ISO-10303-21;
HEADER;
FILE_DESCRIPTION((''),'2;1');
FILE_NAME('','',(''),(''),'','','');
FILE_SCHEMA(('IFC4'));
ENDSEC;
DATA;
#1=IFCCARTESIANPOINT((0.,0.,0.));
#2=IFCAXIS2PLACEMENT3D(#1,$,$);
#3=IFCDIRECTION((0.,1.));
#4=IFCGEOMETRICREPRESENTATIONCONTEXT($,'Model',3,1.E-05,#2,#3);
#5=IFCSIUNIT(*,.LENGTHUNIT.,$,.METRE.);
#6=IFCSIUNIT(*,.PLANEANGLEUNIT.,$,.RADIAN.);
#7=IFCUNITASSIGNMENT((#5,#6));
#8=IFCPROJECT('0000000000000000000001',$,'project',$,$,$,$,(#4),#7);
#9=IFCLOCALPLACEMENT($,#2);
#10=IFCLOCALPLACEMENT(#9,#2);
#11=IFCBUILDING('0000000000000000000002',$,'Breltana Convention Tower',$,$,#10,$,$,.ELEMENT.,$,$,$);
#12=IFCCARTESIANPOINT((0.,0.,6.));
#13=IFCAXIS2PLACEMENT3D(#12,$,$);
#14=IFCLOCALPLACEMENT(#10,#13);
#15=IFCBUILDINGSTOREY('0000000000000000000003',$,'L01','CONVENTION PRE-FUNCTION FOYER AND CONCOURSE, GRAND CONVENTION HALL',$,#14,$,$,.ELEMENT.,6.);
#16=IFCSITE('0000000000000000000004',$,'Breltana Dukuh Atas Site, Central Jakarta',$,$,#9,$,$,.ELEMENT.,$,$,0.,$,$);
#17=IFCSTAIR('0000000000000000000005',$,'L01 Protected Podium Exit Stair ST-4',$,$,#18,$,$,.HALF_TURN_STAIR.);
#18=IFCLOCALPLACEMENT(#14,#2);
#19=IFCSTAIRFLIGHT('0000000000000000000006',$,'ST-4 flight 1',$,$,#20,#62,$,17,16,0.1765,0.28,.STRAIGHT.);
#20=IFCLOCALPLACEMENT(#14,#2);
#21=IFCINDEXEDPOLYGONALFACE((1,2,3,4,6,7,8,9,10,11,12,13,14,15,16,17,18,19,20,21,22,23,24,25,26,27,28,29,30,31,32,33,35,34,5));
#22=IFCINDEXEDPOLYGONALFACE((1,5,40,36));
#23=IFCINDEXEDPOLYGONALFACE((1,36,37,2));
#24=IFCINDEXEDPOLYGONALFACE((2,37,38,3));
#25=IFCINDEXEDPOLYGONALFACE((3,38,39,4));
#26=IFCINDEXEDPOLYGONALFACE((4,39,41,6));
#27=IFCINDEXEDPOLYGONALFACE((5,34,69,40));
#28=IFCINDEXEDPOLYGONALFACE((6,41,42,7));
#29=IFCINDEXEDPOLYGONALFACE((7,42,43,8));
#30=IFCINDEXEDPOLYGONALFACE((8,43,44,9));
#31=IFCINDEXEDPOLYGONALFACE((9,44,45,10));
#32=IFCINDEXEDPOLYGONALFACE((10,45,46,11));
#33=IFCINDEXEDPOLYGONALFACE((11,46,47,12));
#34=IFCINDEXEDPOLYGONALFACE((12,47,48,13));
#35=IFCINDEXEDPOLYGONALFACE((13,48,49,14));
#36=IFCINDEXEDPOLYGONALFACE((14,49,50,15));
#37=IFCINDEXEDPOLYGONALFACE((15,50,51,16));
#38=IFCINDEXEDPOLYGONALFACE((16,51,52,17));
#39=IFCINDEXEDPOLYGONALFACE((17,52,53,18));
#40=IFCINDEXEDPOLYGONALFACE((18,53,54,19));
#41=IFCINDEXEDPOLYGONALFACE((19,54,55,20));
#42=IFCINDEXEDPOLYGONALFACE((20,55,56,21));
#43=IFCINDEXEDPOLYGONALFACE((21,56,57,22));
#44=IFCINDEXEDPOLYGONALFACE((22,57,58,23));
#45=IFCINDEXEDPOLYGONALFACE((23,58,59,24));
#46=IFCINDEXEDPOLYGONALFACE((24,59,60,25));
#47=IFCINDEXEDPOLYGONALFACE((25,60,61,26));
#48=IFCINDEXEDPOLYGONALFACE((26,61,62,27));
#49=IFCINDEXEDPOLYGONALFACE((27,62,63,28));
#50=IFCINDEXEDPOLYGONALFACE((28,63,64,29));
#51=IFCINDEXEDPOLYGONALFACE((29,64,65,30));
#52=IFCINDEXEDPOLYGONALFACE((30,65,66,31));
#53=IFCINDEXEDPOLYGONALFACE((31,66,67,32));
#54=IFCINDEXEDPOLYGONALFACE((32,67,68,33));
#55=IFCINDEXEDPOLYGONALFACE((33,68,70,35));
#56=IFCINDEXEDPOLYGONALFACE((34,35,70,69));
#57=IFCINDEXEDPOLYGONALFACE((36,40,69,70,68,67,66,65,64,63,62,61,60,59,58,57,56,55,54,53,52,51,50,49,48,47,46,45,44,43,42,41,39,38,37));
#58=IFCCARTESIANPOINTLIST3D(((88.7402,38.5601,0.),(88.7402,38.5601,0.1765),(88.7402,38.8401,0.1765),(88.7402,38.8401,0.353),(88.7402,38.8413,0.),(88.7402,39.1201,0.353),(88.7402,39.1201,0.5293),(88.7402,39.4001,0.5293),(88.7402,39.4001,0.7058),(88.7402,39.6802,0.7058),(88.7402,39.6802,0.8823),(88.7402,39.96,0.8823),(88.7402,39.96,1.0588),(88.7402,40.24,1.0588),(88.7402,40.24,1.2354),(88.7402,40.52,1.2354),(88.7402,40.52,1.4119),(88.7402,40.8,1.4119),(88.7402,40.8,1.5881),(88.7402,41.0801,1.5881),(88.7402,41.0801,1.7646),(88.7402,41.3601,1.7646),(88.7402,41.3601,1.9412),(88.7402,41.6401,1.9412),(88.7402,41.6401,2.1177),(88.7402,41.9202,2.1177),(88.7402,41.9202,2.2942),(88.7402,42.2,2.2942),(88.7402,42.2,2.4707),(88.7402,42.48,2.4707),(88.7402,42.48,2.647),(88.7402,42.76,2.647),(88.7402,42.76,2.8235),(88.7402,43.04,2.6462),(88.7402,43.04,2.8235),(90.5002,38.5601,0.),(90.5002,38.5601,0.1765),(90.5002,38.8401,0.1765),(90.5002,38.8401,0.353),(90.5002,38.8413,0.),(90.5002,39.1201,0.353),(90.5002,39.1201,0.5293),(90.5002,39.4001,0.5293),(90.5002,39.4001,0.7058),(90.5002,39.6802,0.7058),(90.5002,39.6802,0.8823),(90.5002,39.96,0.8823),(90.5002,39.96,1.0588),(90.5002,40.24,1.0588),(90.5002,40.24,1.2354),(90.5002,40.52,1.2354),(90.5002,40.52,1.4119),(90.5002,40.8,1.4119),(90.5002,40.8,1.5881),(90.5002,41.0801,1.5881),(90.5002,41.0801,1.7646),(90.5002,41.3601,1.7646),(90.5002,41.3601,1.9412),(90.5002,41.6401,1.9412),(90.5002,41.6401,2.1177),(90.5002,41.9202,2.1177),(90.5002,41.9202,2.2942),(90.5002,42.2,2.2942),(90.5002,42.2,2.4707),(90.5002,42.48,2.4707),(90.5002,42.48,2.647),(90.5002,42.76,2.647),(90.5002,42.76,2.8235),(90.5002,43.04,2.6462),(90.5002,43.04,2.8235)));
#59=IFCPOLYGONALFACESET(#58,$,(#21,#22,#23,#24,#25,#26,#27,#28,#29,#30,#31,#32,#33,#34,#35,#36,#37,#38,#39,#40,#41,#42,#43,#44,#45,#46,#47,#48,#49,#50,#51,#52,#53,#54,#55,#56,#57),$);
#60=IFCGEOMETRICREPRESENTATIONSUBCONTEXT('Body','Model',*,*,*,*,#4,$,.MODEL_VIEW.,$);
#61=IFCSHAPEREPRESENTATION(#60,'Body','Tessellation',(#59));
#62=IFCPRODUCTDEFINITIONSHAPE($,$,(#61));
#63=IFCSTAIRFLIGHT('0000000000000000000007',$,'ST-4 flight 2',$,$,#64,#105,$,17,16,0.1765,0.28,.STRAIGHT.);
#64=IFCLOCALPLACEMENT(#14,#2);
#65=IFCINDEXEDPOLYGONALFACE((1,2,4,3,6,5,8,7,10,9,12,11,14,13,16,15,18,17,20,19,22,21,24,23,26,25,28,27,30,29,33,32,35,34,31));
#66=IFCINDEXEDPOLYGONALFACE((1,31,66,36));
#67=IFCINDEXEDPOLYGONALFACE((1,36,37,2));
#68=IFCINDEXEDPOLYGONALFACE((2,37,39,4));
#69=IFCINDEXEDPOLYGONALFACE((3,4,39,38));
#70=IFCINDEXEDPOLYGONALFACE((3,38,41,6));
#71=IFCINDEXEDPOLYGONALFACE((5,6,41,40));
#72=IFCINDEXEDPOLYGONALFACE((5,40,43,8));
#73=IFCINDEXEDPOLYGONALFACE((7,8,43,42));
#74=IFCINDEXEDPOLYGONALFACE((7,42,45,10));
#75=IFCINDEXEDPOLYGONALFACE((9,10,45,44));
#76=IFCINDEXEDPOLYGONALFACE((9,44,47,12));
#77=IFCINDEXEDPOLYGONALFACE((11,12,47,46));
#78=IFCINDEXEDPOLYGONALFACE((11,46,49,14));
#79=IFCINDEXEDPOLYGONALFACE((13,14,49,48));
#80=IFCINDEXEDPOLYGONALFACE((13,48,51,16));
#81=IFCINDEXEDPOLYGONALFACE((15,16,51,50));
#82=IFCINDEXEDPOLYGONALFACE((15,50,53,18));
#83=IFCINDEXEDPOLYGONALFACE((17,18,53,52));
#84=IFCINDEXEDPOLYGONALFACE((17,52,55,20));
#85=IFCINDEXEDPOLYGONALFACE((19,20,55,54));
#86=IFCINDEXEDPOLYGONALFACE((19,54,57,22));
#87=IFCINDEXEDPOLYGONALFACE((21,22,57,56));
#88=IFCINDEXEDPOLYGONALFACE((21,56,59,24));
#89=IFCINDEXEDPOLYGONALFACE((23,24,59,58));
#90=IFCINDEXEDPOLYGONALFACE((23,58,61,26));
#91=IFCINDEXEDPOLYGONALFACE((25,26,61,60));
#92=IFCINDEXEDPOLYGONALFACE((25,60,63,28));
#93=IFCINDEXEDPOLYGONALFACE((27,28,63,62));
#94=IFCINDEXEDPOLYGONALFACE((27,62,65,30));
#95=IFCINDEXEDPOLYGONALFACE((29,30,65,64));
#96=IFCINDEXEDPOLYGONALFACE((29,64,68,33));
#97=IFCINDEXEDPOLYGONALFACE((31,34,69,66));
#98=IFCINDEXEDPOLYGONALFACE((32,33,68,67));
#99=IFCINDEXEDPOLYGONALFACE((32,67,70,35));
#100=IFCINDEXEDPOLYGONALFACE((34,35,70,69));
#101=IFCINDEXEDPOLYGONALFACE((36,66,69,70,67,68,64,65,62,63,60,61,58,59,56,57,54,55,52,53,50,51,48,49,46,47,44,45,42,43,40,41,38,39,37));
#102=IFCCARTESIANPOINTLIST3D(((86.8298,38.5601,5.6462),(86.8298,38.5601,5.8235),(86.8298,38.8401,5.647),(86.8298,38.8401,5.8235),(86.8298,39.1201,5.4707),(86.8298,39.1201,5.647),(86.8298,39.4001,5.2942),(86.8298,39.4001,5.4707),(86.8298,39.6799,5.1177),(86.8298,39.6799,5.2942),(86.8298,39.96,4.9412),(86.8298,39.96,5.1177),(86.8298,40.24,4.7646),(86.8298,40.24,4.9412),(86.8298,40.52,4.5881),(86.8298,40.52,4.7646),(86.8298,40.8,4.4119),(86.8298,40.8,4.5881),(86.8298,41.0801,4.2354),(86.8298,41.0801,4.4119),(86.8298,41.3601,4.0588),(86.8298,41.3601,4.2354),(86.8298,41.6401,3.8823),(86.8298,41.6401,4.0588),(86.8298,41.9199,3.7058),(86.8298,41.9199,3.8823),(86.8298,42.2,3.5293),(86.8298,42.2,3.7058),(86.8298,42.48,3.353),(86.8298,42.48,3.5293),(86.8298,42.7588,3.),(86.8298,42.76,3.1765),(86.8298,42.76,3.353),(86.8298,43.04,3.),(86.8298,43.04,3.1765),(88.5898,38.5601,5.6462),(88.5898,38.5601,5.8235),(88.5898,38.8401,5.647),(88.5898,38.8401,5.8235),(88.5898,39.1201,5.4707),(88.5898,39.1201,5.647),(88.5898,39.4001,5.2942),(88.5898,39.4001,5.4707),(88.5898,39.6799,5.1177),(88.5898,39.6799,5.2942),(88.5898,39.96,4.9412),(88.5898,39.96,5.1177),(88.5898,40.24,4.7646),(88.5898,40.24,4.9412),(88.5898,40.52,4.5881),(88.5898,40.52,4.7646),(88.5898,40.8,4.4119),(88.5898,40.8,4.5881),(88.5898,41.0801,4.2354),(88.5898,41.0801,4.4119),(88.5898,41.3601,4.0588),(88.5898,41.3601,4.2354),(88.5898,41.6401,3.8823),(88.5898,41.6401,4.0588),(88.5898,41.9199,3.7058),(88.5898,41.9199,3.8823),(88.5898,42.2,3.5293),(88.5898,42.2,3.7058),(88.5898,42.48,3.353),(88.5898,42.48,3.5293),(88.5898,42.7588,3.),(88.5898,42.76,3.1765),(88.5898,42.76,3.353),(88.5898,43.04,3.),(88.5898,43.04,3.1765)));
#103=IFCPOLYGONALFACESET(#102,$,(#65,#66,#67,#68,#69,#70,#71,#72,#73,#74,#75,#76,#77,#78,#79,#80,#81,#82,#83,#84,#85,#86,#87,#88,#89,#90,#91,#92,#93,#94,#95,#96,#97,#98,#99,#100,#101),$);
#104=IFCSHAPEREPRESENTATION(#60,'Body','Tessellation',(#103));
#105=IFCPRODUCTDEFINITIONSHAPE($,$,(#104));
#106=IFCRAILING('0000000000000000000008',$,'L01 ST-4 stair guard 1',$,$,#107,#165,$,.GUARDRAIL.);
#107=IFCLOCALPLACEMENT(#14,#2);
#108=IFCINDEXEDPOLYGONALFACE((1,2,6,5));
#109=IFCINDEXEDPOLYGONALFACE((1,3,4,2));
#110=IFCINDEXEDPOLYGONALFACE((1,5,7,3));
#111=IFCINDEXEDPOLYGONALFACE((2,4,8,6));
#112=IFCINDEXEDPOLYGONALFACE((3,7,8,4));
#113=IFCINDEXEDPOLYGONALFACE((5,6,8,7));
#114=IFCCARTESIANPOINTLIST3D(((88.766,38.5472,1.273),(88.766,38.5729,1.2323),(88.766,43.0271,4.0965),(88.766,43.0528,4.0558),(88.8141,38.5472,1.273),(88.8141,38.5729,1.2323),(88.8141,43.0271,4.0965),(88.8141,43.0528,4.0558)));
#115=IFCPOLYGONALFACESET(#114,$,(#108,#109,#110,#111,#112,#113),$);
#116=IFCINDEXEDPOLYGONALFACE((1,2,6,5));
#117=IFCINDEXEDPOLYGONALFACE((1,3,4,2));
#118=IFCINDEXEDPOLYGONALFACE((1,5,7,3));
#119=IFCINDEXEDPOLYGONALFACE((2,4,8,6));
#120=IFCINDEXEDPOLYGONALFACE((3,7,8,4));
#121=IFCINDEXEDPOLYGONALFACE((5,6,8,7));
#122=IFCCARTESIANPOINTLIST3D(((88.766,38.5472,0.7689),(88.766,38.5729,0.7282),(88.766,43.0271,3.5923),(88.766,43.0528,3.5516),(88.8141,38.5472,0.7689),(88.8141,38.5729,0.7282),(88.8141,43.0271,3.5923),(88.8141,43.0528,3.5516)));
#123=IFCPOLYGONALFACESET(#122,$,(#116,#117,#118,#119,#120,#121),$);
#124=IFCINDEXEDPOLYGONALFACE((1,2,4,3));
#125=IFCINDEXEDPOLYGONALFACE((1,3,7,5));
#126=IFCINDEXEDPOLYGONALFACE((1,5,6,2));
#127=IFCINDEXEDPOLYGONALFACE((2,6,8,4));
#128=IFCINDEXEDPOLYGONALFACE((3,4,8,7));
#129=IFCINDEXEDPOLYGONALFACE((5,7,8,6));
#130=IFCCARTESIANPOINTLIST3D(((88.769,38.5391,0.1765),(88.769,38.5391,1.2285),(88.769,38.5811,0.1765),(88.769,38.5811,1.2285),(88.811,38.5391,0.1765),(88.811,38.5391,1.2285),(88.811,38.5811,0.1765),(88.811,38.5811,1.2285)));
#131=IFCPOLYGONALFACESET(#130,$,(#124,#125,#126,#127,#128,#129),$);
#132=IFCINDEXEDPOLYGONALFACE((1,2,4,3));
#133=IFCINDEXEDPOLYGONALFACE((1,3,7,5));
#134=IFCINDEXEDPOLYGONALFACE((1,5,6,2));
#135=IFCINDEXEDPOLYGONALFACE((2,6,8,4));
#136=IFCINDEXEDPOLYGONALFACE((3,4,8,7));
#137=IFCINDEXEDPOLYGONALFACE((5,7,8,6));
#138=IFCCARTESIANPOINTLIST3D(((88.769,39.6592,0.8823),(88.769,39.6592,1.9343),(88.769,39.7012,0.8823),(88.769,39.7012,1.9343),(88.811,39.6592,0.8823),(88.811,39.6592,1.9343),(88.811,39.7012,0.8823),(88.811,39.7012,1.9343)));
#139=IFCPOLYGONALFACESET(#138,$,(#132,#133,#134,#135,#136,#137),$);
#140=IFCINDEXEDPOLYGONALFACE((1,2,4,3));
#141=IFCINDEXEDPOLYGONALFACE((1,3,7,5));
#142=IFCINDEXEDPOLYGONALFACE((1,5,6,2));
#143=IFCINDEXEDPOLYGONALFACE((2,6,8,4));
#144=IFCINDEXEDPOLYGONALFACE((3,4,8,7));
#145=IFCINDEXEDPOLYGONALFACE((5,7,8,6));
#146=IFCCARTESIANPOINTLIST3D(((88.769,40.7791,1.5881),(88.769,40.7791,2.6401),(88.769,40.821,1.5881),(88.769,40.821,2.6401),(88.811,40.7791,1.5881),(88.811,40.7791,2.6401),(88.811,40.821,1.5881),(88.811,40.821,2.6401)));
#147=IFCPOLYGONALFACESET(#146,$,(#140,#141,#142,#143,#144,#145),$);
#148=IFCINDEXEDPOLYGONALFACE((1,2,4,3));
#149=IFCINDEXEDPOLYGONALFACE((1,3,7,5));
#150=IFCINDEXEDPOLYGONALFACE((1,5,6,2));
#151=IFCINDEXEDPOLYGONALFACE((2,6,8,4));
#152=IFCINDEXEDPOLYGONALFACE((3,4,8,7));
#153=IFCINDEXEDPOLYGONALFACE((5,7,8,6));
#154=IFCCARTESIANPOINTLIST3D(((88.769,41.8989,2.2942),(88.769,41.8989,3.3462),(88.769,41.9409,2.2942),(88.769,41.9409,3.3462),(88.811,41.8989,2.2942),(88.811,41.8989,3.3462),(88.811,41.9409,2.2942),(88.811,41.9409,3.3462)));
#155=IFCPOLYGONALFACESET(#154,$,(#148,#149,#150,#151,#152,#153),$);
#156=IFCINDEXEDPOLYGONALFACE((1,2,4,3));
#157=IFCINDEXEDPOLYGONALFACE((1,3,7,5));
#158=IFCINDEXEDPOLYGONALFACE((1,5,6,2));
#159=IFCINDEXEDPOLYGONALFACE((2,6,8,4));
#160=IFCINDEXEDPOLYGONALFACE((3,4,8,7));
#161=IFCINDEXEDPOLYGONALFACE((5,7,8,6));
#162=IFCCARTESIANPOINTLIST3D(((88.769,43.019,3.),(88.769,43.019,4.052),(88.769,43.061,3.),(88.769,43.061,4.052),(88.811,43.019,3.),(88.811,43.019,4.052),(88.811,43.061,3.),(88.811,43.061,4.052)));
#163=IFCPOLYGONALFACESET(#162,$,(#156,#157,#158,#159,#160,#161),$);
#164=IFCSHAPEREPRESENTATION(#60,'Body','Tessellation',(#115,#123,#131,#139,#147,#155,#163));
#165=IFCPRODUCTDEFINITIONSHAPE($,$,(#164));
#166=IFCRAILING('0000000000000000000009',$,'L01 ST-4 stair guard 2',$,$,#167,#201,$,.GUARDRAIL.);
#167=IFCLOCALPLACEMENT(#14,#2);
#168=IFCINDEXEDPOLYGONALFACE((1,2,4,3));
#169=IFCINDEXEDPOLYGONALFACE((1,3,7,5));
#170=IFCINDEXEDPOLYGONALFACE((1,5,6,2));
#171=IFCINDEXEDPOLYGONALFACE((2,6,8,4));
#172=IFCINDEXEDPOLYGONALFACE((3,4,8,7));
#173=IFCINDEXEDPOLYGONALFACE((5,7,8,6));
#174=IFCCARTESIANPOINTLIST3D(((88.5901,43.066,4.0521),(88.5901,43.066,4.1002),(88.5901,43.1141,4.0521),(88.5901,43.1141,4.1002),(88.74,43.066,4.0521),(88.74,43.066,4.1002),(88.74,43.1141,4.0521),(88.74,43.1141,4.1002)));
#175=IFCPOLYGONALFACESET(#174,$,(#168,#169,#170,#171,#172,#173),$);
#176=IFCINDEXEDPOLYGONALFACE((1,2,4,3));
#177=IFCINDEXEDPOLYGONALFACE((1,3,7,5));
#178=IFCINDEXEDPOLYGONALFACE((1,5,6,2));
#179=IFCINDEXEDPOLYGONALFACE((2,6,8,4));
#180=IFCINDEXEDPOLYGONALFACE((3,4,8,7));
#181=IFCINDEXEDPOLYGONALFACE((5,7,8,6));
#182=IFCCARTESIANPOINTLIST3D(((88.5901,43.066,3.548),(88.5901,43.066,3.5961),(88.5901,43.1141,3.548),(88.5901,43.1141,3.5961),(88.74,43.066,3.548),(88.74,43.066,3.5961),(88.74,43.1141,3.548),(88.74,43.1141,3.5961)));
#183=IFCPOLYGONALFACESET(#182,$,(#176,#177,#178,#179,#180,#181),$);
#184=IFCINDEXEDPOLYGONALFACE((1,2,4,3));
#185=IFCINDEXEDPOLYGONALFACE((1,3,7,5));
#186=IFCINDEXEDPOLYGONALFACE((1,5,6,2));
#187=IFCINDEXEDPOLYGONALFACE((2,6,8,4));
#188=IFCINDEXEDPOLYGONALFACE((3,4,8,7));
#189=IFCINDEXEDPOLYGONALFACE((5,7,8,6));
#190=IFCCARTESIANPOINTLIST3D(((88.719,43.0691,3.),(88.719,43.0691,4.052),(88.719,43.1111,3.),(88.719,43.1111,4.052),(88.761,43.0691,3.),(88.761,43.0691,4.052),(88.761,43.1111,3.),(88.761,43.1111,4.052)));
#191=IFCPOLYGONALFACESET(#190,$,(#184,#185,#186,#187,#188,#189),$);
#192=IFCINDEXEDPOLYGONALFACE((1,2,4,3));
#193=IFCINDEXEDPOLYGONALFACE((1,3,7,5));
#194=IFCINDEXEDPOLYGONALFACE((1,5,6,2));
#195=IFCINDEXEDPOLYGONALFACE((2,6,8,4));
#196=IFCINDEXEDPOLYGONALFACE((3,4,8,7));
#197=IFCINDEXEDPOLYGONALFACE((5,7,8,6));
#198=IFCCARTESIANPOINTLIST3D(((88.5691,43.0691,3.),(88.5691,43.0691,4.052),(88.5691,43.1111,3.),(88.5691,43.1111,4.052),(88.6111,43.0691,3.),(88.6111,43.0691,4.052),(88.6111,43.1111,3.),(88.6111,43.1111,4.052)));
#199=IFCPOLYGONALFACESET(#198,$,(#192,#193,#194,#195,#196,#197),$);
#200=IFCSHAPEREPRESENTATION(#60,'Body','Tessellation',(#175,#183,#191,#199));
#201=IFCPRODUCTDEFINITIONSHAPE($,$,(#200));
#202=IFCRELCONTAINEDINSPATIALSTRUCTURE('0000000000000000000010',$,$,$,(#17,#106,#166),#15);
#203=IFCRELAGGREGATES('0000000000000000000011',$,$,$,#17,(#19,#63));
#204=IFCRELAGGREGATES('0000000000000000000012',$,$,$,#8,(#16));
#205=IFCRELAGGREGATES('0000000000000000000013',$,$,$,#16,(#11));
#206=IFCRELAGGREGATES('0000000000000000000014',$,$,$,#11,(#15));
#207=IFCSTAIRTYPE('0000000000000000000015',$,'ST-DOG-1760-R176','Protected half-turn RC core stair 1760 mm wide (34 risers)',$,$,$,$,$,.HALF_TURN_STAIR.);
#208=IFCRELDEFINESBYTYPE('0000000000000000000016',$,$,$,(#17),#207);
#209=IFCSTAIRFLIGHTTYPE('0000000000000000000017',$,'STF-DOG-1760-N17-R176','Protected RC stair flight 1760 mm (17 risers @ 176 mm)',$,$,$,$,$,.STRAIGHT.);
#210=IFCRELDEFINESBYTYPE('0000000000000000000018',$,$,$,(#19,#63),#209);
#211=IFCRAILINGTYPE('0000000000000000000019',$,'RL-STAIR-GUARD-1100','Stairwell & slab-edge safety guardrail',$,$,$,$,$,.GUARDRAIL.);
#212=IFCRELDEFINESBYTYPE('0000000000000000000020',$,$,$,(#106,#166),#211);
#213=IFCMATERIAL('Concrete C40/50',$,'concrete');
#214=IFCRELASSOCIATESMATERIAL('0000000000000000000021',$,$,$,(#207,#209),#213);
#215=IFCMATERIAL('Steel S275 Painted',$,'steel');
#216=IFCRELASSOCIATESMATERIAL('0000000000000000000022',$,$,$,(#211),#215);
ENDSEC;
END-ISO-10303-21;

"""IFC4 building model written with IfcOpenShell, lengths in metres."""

from ifc_helpers import new_model, si_unit, direction, frame, origin, origin_2d, place, context, subcontext, project, spatial, polyline, rectangle, outline, extrude, material, type_object, element, aggregate, save


model = new_model("IFC4")

# Units and contexts
model_context = context("Model", 3, precision=1e-05, world=origin(), true_north=direction((0.0, 1.0)))
body_context = subcontext(model_context, "Body", "Model", "MODEL_VIEW")
ifc_project = project(units=[si_unit("LENGTHUNIT", "METRE"), si_unit("PLANEANGLEUNIT", "RADIAN")], contexts=[model_context])

# Site, building, storey
site_placement = place(None, origin())
site = spatial("IfcSite", under=ifc_project, at=site_placement, Name="Breltana Dukuh Atas Site, Central Jakarta", CompositionType="ELEMENT", RefElevation=0.0)
building_placement = place(site_placement, origin())
building = spatial("IfcBuilding", under=site, at=building_placement, Name="Breltana Convention Tower", CompositionType="ELEMENT")
storey_placement = place(building_placement, frame((0.0, 0.0, 6.0)))
storey = spatial("IfcBuildingStorey", under=building, at=storey_placement, Name="L01", Description="CONVENTION PRE-FUNCTION FOYER AND CONCOURSE, GRAND CONVENTION HALL", CompositionType="ELEMENT", Elevation=6.0)

# Shared definitions
ifc_material_1 = material(Name="Concrete C40/50", Category="concrete")

# Stair, stair flights
stair_type = type_object("IfcStairType", Name="ST-DOG-1760-R176", Description="Protected half-turn RC core stair 1760 mm wide (34 risers)", PredefinedType="HALF_TURN_STAIR", material=ifc_material_1)
stair_placement = place(storey_placement, origin())
stair = element("IfcStair", 1, at=stair_placement, inside=storey, type_object=stair_type, Name="L01 Protected Podium Exit Stair ST-4", PredefinedType="HALF_TURN_STAIR")
stair_flight_type = type_object("IfcStairFlightType", Name="STF-DOG-1760-N17-R176", Description="Protected RC stair flight 1760 mm (17 risers @ 176 mm)", PredefinedType="STRAIGHT", material=ifc_material_1)
stair_flight_1_placement = place(storey_placement, frame((89.6201, 38.5601, 0.0), z_axis=(0.0, 0.0, 1.0), x_axis=(0.0, 1.0, 0.0)))
stair_flight_1 = element("IfcStairFlight", 2, at=stair_flight_1_placement, type_object=stair_flight_type, Name="ST-4 flight 1", NumberOfRisers=17, NumberOfTreads=16, PredefinedType="STRAIGHT", RiserHeight=0.1765, TreadLength=0.28, context=body_context, shape_type="SweptSolid", body=[
    extrude(outline(polyline([(0.0, 0.0), (0.0, 0.1765), (0.28, 0.1765), (0.28, 0.353), (0.5601, 0.353), (0.5601, 0.5293), (0.8401, 0.5293), (0.8401, 0.7058), (1.1201, 0.7058), (1.1201, 0.8823), (1.3999, 0.8823), (1.3999, 1.0588), (1.6799, 1.0588), (1.6799, 1.2354), (1.96, 1.2354), (1.96, 1.4119), (2.24, 1.4119), (2.24, 1.5881), (2.52, 1.5881), (2.52, 1.7646), (2.8, 1.7646), (2.8, 1.9412), (3.0801, 1.9412), (3.0801, 2.1177), (3.3601, 2.1177), (3.3601, 2.2942), (3.6399, 2.2942), (3.6399, 2.4707), (3.9199, 2.4707), (3.9199, 2.647), (4.2, 2.647), (4.2, 2.8235), (4.48, 2.8235), (4.48, 3.0), (4.48, 2.6462), (0.2812, 0.0), (0.0, 0.0)])), frame((0.0, 0.8799, 0.0), z_axis=(0.0, -1.0, 0.0), x_axis=(1.0, 0.0, 0.0)), (0.0, 0.0, 1.0), 1.76),
])
stair_flight_2_placement = place(storey_placement, frame((87.71, 43.04, 3.0), z_axis=(0.0, 0.0, 1.0), x_axis=(0.0, -1.0, 0.0)))
stair_flight_2 = element("IfcStairFlight", 3, at=stair_flight_2_placement, type_object=stair_flight_type, Name="ST-4 flight 2", NumberOfRisers=17, NumberOfTreads=16, PredefinedType="STRAIGHT", RiserHeight=0.1765, TreadLength=0.28, context=body_context, shape_type="SweptSolid", body=[
    extrude(outline(polyline([(0.0, 0.0), (0.0, 0.1765), (0.28, 0.1765), (0.28, 0.353), (0.5601, 0.353), (0.5601, 0.5293), (0.8401, 0.5293), (0.8401, 0.7058), (1.1201, 0.7058), (1.1201, 0.8823), (1.3999, 0.8823), (1.3999, 1.0588), (1.6799, 1.0588), (1.6799, 1.2354), (1.96, 1.2354), (1.96, 1.4119), (2.24, 1.4119), (2.24, 1.5881), (2.52, 1.5881), (2.52, 1.7646), (2.8, 1.7646), (2.8, 1.9412), (3.0801, 1.9412), (3.0801, 2.1177), (3.3601, 2.1177), (3.3601, 2.2942), (3.6399, 2.2942), (3.6399, 2.4707), (3.9199, 2.4707), (3.9199, 2.647), (4.2, 2.647), (4.2, 2.8235), (4.48, 2.8235), (4.48, 3.0), (4.48, 2.6462), (0.2812, 0.0), (0.0, 0.0)])), frame((0.0, 0.8799, 0.0), z_axis=(0.0, -1.0, 0.0), x_axis=(1.0, 0.0, 0.0)), (0.0, 0.0, 1.0), 1.76),
])
aggregate(stair, [stair_flight_1, stair_flight_2])

# Railings
ifc_material_2 = material(Name="Steel S275 Painted", Category="steel")
railing_type_1 = type_object("IfcRailingType", Name="RL-STAIR-GUARD-1100", Description="Stairwell & slab-edge safety guardrail", PredefinedType="GUARDRAIL", material=ifc_material_2)
railing_1_placement = place(storey_placement, frame((88.79, 38.5601, 0.1765)))
element("IfcRailing", 4, at=railing_1_placement, inside=storey, type_object=railing_type_1, Name="L01 ST-4 stair guard 1", PredefinedType="GUARDRAIL", context=body_context, shape_type="SweptSolid", body=[
    extrude(rectangle(XDim=0.0481, YDim=0.0481, at=origin_2d()), frame((0.0, 0.0, 1.0762), z_axis=(0.0, 0.845998, 0.533186), x_axis=(-1.0, 0.0, 0.0)), (0.0, 0.0, 1.0), 5.2954),
    extrude(rectangle(XDim=0.0481, YDim=0.0481, at=origin_2d()), frame((0.0, 0.0, 0.572), z_axis=(0.0, 0.845998, 0.533186), x_axis=(-1.0, 0.0, 0.0)), (0.0, 0.0, 1.0), 5.2954),
    extrude(rectangle(XDim=0.042, YDim=0.042, at=origin_2d()), origin(), (0.0, 0.0, 1.0), 1.052),
    extrude(rectangle(XDim=0.042, YDim=0.042, at=origin_2d()), frame((0.0, 1.1201, 0.7058)), (0.0, 0.0, 1.0), 1.052),
    extrude(rectangle(XDim=0.042, YDim=0.042, at=origin_2d()), frame((0.0, 2.24, 1.4116)), (0.0, 0.0, 1.0), 1.052),
    extrude(rectangle(XDim=0.042, YDim=0.042, at=origin_2d()), frame((0.0, 3.3599, 2.1177)), (0.0, 0.0, 1.0), 1.052),
    extrude(rectangle(XDim=0.042, YDim=0.042, at=origin_2d()), frame((0.0, 4.48, 2.8235)), (0.0, 0.0, 1.0), 1.052),
])
railing_2_placement = place(storey_placement, frame((88.74, 43.0901, 3.0)))
element("IfcRailing", 5, at=railing_2_placement, inside=storey, type_object=railing_type_1, Name="L01 ST-4 stair guard 2", PredefinedType="GUARDRAIL", context=body_context, shape_type="SweptSolid", body=[
    extrude(rectangle(XDim=0.0481, YDim=0.0481, at=origin_2d()), frame((0.0, 0.0, 1.0762), z_axis=(-1.0, 0.0, 0.0), x_axis=(0.0, -1.0, 0.0)), (0.0, 0.0, 1.0), 0.1499),
    extrude(rectangle(XDim=0.0481, YDim=0.0481, at=origin_2d()), frame((0.0, 0.0, 0.572), z_axis=(-1.0, 0.0, 0.0), x_axis=(0.0, -1.0, 0.0)), (0.0, 0.0, 1.0), 0.1499),
    extrude(rectangle(XDim=0.042, YDim=0.042, at=origin_2d()), origin(), (0.0, 0.0, 1.0), 1.052),
    extrude(rectangle(XDim=0.042, YDim=0.042, at=origin_2d()), frame((-0.1499, 0.0, 0.0)), (0.0, 0.0, 1.0), 1.052),
])

save(model, "model.ifc")
